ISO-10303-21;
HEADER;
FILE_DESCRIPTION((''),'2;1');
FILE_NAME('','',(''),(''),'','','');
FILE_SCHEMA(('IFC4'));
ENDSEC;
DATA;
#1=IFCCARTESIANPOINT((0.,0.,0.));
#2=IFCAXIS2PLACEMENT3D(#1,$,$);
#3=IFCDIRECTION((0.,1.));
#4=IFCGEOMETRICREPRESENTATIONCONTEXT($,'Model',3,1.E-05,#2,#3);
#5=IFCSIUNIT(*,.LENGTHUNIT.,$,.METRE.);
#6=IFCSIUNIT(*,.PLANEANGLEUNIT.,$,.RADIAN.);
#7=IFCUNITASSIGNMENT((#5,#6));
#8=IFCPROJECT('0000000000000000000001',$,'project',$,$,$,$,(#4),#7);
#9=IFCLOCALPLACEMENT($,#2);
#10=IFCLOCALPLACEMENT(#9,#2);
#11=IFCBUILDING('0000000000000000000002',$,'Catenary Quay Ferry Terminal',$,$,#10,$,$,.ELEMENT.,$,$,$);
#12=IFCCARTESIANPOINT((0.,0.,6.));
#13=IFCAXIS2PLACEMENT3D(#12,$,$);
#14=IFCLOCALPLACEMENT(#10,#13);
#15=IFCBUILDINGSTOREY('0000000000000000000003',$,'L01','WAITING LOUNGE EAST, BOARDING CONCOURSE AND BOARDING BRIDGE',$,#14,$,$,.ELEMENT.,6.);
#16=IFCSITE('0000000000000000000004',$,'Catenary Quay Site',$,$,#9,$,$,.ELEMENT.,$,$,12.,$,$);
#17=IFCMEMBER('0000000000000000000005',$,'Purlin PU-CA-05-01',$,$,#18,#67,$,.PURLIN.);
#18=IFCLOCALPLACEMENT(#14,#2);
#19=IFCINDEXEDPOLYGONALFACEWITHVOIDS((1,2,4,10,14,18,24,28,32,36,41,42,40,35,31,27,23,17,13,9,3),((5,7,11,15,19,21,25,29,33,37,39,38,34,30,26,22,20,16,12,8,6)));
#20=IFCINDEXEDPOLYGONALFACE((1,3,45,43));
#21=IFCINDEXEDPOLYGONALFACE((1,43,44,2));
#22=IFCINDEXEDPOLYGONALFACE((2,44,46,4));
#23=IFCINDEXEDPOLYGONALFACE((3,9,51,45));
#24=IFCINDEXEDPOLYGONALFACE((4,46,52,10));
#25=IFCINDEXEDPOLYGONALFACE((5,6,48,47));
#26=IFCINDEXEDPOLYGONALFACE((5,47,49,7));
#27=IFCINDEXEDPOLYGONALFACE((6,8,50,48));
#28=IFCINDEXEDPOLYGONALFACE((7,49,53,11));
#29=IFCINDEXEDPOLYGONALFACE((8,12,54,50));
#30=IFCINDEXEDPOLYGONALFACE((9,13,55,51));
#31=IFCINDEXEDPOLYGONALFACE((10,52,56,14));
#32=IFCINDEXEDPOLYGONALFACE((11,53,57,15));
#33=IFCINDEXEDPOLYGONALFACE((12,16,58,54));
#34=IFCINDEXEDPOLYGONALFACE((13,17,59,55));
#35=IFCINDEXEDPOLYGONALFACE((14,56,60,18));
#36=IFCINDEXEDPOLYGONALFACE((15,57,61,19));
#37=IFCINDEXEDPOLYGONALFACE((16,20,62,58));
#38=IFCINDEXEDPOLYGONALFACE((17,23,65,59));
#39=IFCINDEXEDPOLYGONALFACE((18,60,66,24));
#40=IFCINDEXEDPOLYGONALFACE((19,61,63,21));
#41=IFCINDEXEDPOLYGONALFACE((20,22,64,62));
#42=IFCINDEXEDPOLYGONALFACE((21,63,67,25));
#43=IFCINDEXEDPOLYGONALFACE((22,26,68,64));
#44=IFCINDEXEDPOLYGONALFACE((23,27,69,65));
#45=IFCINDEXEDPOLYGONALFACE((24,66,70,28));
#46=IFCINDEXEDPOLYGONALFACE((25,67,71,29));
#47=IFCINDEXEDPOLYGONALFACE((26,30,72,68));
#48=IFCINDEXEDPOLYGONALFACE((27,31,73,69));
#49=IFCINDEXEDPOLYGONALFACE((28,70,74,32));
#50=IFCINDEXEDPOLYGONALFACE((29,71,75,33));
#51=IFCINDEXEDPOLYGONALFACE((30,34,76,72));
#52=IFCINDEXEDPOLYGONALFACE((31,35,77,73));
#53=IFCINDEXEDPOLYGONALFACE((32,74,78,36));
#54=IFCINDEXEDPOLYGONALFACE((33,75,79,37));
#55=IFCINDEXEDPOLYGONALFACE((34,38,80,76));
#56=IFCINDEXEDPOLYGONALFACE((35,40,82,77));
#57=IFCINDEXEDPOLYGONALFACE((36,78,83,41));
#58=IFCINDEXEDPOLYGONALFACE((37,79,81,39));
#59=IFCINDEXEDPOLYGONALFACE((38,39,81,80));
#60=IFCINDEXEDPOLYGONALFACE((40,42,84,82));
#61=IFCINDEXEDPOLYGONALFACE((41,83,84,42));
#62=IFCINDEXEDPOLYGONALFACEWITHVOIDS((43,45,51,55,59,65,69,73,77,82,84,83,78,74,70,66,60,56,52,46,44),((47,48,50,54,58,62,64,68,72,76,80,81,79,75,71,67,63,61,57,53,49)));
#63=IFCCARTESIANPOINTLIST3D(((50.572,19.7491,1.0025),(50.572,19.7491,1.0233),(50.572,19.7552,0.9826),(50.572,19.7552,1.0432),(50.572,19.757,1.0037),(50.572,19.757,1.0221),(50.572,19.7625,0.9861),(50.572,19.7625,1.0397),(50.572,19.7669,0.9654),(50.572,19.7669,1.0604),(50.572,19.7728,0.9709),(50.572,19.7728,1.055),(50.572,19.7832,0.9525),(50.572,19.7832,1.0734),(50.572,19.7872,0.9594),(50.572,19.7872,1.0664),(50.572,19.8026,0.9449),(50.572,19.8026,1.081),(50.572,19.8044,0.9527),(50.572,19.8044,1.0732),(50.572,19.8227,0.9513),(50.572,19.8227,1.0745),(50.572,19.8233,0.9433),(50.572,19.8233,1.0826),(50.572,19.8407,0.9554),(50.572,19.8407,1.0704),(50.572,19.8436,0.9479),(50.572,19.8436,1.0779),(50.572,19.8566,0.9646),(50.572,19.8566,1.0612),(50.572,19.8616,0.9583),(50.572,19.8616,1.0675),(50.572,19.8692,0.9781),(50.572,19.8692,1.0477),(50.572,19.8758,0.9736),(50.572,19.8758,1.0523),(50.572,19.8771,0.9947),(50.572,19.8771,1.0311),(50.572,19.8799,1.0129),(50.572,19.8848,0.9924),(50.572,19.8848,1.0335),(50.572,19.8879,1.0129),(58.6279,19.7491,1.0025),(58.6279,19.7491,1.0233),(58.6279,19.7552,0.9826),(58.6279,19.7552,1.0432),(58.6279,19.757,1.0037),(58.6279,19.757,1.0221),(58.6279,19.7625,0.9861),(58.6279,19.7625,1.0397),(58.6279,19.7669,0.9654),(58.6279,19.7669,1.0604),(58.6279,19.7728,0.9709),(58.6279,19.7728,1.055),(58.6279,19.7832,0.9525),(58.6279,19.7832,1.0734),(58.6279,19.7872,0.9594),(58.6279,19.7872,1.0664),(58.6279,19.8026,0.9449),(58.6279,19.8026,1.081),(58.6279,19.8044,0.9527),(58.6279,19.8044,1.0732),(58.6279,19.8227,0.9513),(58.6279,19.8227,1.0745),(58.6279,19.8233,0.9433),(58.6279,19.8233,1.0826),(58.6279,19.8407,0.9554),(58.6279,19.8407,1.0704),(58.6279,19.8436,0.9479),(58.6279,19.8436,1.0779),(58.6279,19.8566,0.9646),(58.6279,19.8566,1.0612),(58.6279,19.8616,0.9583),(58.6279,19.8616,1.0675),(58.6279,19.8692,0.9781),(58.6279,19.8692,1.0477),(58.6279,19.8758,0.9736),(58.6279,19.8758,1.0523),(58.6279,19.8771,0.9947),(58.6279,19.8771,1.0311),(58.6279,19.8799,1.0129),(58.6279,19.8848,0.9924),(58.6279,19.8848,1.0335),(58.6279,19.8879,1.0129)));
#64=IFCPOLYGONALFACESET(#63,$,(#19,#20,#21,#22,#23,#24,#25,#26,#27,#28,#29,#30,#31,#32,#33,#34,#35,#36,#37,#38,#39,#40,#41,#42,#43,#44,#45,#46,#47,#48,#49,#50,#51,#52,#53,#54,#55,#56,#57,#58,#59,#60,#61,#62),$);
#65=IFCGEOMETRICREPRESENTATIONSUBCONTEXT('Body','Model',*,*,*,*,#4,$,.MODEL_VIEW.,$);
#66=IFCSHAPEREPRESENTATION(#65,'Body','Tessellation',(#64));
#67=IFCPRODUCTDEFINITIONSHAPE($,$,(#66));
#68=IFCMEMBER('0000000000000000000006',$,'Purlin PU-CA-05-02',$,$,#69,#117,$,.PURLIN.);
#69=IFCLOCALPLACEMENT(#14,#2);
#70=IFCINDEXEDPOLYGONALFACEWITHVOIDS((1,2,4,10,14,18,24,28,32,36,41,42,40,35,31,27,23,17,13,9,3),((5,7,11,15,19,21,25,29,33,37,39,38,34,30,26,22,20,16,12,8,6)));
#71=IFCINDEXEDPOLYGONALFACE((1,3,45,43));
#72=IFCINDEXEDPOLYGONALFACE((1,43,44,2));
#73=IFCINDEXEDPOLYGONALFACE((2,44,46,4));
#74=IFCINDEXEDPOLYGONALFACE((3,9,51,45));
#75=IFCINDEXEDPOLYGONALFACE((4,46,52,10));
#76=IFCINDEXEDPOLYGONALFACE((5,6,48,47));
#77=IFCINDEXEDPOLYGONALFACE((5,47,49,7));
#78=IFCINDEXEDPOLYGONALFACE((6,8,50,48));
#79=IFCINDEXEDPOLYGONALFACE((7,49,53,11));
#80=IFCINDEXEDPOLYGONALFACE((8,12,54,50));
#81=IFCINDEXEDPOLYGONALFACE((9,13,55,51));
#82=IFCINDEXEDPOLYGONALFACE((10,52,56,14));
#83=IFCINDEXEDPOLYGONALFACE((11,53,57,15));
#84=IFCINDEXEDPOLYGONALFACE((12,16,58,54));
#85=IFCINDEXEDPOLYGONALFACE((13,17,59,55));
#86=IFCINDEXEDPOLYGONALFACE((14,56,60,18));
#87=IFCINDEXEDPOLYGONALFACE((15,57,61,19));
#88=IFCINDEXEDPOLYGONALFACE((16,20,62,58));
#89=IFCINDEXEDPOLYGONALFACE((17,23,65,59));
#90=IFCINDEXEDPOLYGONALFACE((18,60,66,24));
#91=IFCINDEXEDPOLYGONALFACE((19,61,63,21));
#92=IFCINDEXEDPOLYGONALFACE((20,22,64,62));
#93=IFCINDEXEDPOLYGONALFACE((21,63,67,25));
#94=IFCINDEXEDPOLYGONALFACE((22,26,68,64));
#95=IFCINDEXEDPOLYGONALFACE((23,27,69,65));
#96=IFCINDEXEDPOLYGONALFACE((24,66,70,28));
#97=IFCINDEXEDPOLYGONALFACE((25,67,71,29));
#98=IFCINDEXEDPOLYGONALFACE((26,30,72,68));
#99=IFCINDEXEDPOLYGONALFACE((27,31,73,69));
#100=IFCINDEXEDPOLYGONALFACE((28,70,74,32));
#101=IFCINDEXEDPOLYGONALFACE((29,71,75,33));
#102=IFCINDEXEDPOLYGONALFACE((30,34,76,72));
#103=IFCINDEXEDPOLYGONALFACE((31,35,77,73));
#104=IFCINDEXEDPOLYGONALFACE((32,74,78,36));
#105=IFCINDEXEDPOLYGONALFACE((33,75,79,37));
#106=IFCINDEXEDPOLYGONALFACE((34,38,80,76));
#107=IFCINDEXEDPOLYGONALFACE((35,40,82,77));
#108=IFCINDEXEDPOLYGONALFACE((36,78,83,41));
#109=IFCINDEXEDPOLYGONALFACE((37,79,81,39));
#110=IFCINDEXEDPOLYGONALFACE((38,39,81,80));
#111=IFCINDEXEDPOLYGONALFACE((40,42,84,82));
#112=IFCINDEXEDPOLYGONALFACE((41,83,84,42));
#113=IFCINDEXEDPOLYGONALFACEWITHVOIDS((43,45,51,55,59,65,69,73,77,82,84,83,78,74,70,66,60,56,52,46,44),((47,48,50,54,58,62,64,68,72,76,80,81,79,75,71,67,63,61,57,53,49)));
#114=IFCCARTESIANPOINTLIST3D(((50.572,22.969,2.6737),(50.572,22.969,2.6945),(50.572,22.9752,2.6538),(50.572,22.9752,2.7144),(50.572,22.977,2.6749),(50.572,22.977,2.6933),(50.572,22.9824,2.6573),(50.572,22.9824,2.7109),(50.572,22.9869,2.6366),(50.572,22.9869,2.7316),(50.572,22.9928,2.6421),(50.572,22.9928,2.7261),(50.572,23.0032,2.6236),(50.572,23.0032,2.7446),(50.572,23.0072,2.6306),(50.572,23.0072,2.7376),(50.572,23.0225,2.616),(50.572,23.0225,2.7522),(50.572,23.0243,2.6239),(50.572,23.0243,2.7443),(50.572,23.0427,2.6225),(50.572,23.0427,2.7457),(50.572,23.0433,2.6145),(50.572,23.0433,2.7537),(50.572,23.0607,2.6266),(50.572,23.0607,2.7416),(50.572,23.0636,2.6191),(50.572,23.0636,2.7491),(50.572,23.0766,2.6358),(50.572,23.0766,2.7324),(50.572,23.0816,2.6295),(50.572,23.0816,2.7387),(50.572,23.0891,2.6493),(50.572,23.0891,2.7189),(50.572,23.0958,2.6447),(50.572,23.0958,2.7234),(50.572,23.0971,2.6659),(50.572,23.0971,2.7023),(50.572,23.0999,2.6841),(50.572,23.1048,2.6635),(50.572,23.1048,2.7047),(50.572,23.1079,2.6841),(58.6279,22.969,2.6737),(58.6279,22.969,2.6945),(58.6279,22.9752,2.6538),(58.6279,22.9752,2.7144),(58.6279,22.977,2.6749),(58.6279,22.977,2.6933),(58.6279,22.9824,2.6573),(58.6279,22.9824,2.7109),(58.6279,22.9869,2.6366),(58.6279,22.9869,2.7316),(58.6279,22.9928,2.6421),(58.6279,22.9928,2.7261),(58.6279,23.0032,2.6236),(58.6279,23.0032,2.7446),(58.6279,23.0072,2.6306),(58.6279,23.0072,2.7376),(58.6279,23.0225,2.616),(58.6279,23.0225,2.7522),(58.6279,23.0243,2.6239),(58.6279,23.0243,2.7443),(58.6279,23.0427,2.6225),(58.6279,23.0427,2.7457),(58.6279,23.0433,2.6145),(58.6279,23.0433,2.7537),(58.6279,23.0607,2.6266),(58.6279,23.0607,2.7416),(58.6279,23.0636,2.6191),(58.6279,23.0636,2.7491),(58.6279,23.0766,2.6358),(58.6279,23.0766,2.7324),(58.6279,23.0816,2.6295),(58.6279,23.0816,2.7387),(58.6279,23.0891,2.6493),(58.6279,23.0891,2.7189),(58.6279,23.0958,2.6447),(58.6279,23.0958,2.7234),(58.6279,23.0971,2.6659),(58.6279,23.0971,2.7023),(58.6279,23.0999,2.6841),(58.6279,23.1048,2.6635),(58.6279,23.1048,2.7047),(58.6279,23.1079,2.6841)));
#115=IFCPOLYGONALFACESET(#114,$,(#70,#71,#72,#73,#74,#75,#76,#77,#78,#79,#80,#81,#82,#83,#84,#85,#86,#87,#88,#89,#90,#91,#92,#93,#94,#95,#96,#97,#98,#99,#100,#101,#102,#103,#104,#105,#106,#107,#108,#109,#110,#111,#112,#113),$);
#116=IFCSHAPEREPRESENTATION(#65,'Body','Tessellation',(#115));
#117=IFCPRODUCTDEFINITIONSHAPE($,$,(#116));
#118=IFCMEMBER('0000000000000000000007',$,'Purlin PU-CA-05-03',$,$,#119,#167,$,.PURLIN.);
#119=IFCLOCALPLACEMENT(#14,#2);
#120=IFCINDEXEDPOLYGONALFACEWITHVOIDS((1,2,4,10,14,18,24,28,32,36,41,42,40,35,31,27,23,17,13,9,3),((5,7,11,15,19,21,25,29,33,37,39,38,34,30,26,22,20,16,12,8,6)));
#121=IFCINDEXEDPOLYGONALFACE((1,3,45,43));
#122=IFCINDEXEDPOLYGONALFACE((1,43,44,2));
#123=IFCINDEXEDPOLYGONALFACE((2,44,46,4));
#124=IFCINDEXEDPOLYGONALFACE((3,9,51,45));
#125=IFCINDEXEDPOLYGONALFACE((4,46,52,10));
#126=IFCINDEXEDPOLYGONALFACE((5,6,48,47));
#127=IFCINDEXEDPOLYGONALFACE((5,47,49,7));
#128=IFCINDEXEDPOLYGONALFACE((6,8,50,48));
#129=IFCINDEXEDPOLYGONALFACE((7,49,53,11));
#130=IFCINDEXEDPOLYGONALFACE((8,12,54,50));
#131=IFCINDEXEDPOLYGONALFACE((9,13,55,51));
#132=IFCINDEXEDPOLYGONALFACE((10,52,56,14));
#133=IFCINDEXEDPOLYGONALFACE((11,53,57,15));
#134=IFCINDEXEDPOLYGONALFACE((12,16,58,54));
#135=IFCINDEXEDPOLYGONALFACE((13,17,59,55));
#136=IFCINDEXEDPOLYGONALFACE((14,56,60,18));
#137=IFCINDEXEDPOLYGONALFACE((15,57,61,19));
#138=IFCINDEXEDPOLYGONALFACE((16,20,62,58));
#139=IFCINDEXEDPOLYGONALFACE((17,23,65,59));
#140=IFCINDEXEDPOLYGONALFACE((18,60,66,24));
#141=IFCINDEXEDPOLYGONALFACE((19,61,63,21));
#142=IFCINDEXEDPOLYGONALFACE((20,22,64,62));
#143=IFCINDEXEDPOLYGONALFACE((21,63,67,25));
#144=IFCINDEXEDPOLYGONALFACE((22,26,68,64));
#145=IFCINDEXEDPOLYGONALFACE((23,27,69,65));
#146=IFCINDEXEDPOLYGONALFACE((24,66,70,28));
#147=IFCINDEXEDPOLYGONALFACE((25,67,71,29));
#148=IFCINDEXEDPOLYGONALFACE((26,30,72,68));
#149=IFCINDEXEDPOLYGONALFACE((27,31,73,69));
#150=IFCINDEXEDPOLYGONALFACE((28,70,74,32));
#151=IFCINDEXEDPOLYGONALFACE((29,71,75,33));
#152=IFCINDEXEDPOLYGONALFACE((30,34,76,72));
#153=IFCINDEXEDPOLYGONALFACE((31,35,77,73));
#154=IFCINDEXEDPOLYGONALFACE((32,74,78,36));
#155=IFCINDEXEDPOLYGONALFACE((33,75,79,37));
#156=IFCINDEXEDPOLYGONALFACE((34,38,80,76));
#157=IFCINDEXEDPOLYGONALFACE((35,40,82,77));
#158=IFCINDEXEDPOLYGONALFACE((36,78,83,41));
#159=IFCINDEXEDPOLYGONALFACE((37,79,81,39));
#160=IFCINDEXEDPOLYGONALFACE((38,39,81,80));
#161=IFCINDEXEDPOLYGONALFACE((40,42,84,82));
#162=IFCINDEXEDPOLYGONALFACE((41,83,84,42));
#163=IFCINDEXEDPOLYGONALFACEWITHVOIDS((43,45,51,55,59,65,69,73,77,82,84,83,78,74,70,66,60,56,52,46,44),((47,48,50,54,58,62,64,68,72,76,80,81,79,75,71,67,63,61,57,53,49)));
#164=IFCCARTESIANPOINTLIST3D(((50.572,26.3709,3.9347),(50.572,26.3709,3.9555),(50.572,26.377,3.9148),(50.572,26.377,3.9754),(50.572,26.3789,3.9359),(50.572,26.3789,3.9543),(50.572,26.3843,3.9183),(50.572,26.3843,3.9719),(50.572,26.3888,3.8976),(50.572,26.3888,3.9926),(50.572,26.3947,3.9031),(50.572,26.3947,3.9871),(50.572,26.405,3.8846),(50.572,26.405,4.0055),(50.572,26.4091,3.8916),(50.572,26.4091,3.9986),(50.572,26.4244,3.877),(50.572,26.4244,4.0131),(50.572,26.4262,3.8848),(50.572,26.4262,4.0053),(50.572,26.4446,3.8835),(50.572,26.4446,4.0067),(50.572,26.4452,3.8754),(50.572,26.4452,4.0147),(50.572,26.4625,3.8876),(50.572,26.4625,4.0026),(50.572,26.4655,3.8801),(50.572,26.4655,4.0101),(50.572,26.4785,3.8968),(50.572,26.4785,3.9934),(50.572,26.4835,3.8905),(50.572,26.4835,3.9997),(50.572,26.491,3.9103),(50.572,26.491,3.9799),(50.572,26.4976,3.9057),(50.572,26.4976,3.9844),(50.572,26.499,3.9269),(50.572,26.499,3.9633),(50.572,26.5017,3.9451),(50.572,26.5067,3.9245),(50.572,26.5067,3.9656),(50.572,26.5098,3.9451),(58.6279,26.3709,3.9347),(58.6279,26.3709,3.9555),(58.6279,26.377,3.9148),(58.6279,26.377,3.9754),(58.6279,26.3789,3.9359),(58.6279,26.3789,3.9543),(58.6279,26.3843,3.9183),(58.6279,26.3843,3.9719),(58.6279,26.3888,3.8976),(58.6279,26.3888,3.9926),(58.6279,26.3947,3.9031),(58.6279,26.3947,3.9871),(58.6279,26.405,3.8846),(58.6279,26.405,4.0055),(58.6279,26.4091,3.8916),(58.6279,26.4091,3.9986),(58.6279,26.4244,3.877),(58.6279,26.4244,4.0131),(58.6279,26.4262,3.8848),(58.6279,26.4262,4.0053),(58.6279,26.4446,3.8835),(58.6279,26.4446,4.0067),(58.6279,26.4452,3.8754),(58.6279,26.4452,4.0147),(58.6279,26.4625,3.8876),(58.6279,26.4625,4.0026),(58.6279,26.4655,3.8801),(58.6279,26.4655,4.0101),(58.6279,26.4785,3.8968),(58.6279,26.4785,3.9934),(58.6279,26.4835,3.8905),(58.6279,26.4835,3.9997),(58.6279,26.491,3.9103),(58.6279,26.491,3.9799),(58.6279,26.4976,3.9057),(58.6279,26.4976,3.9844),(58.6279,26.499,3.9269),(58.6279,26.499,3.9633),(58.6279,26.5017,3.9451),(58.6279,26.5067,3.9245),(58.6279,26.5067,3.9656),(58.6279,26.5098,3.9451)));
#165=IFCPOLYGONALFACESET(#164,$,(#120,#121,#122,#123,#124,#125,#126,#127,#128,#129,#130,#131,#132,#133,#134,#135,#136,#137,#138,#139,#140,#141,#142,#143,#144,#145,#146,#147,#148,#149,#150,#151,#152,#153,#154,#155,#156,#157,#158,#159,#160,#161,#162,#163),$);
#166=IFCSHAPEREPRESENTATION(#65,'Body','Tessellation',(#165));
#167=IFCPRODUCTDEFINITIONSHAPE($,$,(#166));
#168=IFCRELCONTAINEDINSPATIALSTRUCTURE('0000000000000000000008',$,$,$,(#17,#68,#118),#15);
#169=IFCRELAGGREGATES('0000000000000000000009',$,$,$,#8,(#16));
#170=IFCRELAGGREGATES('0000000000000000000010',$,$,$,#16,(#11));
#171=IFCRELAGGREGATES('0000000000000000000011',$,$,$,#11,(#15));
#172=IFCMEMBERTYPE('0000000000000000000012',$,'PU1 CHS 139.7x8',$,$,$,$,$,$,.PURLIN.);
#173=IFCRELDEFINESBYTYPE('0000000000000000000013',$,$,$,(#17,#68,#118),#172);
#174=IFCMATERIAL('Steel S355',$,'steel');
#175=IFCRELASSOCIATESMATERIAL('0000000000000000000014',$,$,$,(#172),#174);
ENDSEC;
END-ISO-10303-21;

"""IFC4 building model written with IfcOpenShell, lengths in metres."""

from ifc_helpers import new_model, si_unit, direction, frame, origin, origin_2d, place, context, subcontext, project, spatial, hollow_circle, extrude, material, material_profile, profile_set, type_object, element, save


model = new_model("IFC4")

# Units and contexts
model_context = context("Model", 3, precision=1e-05, world=origin(), true_north=direction((0.0, 1.0)))
body_context = subcontext(model_context, "Body", "Model", "MODEL_VIEW")
ifc_project = project(units=[si_unit("LENGTHUNIT", "METRE"), si_unit("PLANEANGLEUNIT", "RADIAN")], contexts=[model_context])

# Site, building, storey
site_placement = place(None, origin())
site = spatial("IfcSite", under=ifc_project, at=site_placement, Name="Catenary Quay Site", CompositionType="ELEMENT", RefElevation=12.0)
building_placement = place(site_placement, origin())
building = spatial("IfcBuilding", under=site, at=building_placement, Name="Catenary Quay Ferry Terminal", CompositionType="ELEMENT")
storey_placement = place(building_placement, frame((0.0, 0.0, 6.0)))
storey = spatial("IfcBuildingStorey", under=building, at=storey_placement, Name="L01", Description="WAITING LOUNGE EAST, BOARDING CONCOURSE AND BOARDING BRIDGE", CompositionType="ELEMENT", Elevation=6.0)

# Members
ifc_material_1 = material(Name="Steel S355", Category="steel")
ifc_material_profile_1 = material_profile(ifc_material_1, hollow_circle(Radius=0.0698, WallThickness=0.0081, at=origin_2d()), Name="CHS 139.7x8")
ifc_profile_set_1 = profile_set([ifc_material_profile_1], Name="Steel S355")
member_type_1 = type_object("IfcMemberType", Name="PU1 CHS 139.7x8", PredefinedType="PURLIN", material=ifc_profile_set_1)
for number, where, z_axis, x_axis, name in (
    (1, (50.572, 19.8181, 1.0129), (1.0, 0.0, 0.0), (0.0, 1.0, 0.0), "Purlin PU-CA-05-01"),
    (2, (50.572, 23.0381, 2.6841), (1.0, 0.0, 0.0), (0.0, 1.0, 0.0), "Purlin PU-CA-05-02"),
    (3, (50.572, 26.4399, 3.9451), (1.0, 0.0, 0.0), (0.0, 1.0, 0.0), "Purlin PU-CA-05-03"),
):
    element("IfcMember", number, at=place(storey_placement, frame(where, z_axis=z_axis, x_axis=x_axis)), inside=storey, type_object=member_type_1, Name=name, PredefinedType="PURLIN", context=body_context, shape_type="SweptSolid", body=[
        extrude(hollow_circle(Radius=0.0698, WallThickness=0.0081, at=origin_2d()), origin(), (0.0, 0.0, 1.0), 8.0559),
    ])

save(model, "model.ifc")
